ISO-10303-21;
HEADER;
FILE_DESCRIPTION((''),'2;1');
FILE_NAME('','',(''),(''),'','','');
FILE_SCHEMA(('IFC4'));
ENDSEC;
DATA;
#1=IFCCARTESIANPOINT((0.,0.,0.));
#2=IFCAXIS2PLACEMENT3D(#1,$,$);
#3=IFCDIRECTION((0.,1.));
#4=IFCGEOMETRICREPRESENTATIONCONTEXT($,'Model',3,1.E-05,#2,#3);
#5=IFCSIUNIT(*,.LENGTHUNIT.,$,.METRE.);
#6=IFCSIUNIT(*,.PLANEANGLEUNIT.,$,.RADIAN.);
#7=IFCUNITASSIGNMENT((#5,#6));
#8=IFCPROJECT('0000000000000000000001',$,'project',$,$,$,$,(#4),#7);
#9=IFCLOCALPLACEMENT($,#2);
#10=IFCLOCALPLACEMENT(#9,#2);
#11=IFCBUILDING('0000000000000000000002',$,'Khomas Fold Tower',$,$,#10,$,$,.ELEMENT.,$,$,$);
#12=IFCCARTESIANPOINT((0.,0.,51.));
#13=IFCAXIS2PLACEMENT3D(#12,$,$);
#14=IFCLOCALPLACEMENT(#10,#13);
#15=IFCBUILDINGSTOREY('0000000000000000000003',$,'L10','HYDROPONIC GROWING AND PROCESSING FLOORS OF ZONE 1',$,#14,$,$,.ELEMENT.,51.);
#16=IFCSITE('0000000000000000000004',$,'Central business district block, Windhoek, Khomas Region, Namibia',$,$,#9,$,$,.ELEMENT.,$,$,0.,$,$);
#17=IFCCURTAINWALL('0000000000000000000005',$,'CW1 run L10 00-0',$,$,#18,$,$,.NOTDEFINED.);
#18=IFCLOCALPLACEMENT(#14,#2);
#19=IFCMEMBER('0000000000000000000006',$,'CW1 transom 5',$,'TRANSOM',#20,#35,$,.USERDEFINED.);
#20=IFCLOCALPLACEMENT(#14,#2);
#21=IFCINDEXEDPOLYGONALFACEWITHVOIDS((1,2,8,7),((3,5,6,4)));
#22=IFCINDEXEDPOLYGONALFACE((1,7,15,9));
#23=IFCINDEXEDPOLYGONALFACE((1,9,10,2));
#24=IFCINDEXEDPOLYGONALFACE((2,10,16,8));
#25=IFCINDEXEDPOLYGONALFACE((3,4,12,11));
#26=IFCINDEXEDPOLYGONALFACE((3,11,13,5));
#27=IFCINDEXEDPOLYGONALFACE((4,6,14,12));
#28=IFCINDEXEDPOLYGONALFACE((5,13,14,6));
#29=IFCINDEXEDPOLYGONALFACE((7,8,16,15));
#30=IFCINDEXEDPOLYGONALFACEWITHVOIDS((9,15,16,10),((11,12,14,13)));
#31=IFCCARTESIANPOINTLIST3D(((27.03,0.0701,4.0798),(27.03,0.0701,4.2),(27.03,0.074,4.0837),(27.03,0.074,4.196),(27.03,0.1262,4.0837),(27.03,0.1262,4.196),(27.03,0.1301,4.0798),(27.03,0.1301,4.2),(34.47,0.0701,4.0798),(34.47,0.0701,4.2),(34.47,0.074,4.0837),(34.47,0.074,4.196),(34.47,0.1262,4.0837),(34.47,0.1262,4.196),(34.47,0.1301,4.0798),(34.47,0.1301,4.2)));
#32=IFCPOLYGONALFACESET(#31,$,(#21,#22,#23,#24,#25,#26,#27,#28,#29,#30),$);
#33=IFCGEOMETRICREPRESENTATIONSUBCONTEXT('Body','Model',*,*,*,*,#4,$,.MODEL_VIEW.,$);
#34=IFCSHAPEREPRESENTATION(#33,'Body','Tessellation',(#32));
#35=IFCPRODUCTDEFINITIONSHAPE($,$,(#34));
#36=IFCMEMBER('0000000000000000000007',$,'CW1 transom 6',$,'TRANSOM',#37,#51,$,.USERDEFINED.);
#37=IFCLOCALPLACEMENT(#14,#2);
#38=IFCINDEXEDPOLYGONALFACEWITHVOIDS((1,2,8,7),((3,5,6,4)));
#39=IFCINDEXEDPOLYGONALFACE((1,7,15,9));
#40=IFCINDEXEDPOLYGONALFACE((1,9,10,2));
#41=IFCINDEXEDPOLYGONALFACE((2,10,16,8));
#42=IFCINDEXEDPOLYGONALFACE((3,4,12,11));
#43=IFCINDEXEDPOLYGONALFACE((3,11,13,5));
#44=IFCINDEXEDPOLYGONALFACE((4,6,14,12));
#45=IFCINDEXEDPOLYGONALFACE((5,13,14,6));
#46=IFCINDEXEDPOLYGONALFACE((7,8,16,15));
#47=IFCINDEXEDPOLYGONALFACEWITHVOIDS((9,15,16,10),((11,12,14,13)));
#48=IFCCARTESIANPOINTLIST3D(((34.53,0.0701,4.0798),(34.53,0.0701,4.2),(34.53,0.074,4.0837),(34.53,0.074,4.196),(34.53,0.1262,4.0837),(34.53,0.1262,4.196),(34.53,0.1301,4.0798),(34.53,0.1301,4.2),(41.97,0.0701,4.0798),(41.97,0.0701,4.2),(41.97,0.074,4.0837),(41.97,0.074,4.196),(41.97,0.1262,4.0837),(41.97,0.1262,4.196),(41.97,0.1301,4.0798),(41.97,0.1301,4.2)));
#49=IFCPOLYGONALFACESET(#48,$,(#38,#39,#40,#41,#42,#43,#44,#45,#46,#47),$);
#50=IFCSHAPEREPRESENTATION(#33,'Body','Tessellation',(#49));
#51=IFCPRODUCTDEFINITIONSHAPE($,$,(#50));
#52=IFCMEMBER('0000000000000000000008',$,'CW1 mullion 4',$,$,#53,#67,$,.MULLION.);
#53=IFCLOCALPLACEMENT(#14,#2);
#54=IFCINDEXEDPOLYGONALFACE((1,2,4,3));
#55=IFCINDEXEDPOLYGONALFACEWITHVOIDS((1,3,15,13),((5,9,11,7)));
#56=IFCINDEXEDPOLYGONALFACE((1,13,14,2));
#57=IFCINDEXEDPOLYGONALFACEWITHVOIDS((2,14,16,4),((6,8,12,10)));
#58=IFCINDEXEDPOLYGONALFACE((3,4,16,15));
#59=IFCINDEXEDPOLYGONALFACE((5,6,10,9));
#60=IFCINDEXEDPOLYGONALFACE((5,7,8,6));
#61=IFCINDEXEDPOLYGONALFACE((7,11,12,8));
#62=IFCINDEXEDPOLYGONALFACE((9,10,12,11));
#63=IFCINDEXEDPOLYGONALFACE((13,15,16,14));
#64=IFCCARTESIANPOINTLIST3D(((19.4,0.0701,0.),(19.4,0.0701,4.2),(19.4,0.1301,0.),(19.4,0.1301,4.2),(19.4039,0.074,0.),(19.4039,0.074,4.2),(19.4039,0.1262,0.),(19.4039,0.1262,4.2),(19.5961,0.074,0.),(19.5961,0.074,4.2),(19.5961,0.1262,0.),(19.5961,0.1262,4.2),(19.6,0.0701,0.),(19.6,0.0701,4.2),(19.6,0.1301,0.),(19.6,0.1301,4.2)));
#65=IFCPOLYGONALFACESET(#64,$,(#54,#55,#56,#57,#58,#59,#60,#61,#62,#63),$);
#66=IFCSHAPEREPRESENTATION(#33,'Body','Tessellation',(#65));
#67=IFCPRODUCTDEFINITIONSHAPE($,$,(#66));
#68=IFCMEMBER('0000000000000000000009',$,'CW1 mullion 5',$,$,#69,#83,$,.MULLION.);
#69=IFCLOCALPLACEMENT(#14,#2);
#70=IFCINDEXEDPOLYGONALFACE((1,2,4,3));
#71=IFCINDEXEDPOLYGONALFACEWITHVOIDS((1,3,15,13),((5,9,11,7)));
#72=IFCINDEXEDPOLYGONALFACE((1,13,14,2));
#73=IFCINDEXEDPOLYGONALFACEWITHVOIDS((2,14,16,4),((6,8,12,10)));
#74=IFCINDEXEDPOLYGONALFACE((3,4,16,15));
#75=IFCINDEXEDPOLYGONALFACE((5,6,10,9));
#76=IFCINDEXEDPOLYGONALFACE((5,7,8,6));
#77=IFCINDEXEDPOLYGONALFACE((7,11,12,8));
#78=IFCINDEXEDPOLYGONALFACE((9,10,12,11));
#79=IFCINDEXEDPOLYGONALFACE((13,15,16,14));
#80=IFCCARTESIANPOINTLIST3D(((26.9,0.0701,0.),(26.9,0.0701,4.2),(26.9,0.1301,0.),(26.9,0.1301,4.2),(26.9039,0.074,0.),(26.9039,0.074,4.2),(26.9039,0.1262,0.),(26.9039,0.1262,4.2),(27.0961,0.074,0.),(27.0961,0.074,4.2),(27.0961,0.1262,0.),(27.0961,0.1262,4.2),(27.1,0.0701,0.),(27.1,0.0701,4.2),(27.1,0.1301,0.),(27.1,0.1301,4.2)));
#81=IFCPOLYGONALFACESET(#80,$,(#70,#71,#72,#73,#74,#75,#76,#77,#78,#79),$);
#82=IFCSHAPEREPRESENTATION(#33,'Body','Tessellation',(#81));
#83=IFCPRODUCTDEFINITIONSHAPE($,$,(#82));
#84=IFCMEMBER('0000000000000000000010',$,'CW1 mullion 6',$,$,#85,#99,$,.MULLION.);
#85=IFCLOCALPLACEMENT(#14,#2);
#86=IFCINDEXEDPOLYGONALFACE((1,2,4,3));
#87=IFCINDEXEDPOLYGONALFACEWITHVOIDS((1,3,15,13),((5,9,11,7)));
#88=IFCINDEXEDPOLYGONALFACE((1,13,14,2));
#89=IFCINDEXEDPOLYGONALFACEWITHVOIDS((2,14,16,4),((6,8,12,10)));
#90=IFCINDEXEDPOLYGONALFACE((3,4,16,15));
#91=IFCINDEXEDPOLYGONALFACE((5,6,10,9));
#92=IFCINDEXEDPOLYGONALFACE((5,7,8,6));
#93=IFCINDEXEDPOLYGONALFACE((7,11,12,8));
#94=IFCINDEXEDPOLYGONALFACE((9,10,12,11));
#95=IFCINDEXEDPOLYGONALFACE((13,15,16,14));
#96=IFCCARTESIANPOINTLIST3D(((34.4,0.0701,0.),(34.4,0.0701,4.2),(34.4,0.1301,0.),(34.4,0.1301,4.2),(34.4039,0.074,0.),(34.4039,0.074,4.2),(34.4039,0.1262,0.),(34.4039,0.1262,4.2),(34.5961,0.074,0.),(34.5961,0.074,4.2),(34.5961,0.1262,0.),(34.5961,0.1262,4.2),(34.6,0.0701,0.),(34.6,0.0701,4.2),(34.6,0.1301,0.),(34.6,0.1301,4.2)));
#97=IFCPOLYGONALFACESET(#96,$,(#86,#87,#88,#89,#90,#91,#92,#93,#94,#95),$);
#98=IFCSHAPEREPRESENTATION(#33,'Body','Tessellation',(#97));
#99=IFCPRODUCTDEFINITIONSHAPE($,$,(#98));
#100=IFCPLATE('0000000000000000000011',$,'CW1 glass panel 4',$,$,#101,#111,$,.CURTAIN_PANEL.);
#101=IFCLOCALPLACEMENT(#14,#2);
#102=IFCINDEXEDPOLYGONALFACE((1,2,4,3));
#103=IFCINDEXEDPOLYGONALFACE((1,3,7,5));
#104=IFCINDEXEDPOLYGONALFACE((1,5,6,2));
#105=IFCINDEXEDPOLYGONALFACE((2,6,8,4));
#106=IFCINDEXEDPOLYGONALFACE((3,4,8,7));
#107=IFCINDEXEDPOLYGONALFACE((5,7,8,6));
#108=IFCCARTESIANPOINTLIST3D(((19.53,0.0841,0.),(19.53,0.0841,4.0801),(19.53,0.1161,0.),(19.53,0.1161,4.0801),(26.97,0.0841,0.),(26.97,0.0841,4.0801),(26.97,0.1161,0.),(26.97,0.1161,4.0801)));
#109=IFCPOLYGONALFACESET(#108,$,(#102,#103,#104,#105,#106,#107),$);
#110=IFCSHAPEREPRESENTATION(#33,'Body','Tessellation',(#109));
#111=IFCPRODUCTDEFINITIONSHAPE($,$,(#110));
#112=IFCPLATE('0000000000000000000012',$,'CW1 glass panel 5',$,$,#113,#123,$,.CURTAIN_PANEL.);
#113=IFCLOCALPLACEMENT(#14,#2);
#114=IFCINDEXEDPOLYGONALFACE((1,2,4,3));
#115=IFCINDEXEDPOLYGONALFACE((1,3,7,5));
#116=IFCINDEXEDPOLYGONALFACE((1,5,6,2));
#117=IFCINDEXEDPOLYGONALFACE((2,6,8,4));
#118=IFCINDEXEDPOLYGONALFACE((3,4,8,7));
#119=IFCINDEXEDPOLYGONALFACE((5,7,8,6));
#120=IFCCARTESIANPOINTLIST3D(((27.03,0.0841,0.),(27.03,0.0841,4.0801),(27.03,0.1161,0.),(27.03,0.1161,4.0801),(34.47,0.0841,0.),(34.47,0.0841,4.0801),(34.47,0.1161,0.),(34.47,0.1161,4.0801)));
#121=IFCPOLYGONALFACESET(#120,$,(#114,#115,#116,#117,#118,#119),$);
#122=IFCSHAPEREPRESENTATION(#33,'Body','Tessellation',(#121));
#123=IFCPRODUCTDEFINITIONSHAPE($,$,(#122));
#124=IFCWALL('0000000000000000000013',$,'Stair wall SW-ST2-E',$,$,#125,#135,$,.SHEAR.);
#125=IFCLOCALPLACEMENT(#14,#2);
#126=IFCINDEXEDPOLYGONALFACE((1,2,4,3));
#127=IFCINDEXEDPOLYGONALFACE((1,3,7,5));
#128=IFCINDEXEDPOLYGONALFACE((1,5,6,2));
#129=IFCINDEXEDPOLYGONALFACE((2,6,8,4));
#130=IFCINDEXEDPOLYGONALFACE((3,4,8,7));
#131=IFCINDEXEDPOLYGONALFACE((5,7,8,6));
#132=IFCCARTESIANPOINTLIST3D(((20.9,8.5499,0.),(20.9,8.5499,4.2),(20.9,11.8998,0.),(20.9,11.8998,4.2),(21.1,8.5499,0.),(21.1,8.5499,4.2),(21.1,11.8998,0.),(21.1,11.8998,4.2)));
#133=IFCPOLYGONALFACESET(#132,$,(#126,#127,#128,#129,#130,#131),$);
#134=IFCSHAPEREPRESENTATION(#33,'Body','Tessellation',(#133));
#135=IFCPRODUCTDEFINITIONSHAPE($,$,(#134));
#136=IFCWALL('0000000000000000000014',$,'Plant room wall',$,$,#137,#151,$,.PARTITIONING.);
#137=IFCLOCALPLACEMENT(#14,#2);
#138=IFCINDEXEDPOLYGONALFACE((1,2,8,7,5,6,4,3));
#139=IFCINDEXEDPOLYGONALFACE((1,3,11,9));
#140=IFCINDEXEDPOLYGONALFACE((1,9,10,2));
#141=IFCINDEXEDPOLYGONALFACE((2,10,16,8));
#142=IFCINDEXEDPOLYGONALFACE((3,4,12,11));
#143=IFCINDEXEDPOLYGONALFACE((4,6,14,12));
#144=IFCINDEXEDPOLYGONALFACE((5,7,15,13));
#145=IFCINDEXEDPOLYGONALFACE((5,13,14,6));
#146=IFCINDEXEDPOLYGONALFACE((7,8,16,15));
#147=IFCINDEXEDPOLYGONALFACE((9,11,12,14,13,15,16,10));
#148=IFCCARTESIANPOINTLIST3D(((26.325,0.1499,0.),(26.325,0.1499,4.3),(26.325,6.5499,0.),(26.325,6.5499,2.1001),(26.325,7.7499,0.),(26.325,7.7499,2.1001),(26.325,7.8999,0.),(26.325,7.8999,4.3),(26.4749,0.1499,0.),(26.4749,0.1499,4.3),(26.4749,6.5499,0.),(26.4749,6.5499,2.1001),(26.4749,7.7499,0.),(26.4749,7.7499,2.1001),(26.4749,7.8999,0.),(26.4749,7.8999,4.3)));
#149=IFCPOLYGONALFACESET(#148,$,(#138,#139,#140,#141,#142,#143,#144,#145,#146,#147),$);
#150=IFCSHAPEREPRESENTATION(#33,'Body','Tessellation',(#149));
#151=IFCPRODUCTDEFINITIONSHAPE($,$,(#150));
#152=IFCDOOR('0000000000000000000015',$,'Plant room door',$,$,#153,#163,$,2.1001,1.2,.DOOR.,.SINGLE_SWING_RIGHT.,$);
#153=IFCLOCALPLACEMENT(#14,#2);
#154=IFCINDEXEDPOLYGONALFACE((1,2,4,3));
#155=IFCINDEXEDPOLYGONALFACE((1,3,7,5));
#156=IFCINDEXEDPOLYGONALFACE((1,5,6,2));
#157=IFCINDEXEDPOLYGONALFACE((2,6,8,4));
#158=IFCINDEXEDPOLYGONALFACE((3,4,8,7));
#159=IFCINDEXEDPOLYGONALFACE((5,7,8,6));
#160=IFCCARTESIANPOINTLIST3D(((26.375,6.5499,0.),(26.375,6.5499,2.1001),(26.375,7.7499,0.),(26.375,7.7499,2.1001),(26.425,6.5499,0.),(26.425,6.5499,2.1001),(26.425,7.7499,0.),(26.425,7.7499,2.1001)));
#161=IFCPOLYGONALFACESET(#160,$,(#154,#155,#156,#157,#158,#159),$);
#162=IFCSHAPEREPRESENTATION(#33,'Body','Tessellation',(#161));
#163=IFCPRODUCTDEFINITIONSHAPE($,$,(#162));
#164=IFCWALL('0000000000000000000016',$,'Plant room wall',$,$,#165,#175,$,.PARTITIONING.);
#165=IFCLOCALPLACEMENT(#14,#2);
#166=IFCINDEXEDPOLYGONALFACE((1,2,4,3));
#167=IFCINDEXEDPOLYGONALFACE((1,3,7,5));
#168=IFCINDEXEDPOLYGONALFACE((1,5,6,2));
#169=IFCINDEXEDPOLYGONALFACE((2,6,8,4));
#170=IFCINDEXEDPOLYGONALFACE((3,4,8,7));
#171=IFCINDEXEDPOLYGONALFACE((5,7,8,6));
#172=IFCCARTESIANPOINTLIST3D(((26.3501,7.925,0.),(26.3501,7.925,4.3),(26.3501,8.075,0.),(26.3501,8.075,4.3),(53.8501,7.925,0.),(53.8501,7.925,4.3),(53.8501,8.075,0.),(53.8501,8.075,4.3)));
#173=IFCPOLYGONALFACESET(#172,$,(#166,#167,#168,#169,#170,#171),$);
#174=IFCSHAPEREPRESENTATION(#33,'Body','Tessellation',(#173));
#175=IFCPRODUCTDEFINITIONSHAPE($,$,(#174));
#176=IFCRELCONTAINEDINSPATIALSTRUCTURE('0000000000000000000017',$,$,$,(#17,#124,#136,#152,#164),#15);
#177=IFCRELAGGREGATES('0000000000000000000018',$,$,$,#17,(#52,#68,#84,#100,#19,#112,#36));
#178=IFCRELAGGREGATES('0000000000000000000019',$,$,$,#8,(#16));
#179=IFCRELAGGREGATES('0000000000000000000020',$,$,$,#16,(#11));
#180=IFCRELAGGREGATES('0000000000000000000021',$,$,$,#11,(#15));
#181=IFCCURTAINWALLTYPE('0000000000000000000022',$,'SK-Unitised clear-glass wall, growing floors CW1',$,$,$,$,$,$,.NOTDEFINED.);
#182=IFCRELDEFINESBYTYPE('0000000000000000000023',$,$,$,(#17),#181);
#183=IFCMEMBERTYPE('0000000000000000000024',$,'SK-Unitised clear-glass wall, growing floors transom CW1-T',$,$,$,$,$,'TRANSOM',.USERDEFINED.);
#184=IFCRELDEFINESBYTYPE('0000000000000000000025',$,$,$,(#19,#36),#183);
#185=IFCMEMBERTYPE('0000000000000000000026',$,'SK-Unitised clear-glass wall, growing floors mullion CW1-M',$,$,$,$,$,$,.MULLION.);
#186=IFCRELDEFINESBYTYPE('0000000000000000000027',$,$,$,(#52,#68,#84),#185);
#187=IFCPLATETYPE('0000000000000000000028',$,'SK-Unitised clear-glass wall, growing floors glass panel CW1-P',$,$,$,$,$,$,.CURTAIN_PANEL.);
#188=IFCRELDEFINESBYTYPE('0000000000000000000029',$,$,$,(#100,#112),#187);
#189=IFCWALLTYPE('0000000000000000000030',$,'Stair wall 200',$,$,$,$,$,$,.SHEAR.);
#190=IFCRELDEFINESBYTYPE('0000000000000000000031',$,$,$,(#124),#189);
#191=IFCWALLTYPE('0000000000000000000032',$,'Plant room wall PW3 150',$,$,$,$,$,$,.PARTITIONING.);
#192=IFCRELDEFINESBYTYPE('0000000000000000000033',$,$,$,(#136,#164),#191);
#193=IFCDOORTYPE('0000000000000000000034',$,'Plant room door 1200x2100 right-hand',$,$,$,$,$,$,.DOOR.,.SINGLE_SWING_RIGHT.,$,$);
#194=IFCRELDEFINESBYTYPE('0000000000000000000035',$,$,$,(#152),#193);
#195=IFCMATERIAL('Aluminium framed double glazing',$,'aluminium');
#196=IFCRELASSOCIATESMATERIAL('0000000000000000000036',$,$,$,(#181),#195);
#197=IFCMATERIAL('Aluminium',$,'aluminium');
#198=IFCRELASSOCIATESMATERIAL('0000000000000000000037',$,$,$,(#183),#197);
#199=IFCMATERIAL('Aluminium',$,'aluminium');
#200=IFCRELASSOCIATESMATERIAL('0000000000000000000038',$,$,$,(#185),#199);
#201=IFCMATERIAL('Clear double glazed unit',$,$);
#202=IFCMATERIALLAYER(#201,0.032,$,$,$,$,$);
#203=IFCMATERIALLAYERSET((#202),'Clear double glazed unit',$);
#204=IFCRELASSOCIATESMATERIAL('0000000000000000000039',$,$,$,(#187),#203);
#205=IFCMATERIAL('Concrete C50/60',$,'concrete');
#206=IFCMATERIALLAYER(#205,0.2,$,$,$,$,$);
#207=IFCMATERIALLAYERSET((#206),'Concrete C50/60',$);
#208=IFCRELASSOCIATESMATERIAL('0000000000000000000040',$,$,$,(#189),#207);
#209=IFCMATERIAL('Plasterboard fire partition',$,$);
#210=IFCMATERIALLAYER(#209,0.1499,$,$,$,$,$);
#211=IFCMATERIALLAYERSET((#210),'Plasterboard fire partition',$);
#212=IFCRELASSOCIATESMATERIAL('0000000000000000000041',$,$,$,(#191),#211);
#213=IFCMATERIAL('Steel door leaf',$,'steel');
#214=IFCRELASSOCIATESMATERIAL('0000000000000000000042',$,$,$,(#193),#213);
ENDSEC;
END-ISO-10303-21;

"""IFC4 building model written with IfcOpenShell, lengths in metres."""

from ifc_helpers import new_model, si_unit, direction, frame, frame_2d, origin, origin_2d, place, context, subcontext, project, spatial, rectangle, hollow_rectangle, extrude, source, transform, mapped, material, layer, layer_set, material_profile, profile_set, type_object, element, fill, aggregate, save


model = new_model("IFC4")

# Units and contexts
model_context = context("Model", 3, precision=1e-05, world=origin(), true_north=direction((0.0, 1.0)))
body_context = subcontext(model_context, "Body", "Model", "MODEL_VIEW")
ifc_project = project(units=[si_unit("LENGTHUNIT", "METRE"), si_unit("PLANEANGLEUNIT", "RADIAN")], contexts=[model_context])

# Site, building, storey
site_placement = place(None, origin())
site = spatial("IfcSite", under=ifc_project, at=site_placement, Name="Central business district block, Windhoek, Khomas Region, Namibia", CompositionType="ELEMENT", RefElevation=0.0)
building_placement = place(site_placement, origin())
building = spatial("IfcBuilding", under=site, at=building_placement, Name="Khomas Fold Tower", CompositionType="ELEMENT")
storey_placement = place(building_placement, frame((0.0, 0.0, 51.0)))
storey = spatial("IfcBuildingStorey", under=building, at=storey_placement, Name="L10", Description="HYDROPONIC GROWING AND PROCESSING FLOORS OF ZONE 1", CompositionType="ELEMENT", Elevation=51.0)

# Curtain wall, members, plates
ifc_material_1 = material(Name="Aluminium framed double glazing", Category="aluminium")
curtain_wall_type = type_object("IfcCurtainWallType", Name="SK-Unitised clear-glass wall, growing floors CW1", PredefinedType="NOTDEFINED", material=ifc_material_1)
curtain_wall_placement = place(storey_placement, origin())
curtain_wall = element("IfcCurtainWall", 1, at=curtain_wall_placement, inside=storey, type_object=curtain_wall_type, Name="CW1 run L10 00-0", PredefinedType="NOTDEFINED")
ifc_material_2 = material(Name="Aluminium", Category="aluminium")
ifc_material_profile_1 = material_profile(ifc_material_2, hollow_rectangle(XDim=0.0601, YDim=0.1201, WallThickness=0.0039, at=origin_2d()), Name="SK-Unitised clear-glass wall, growing floors transom CW1-T")
ifc_profile_set_1 = profile_set([ifc_material_profile_1], Name="Aluminium")
member_type_1 = type_object("IfcMemberType", Name="SK-Unitised clear-glass wall, growing floors transom CW1-T", ElementType="TRANSOM", PredefinedType="USERDEFINED", material=ifc_profile_set_1)
shared_shape_1 = source(origin(), body_context, "Body", "SweptSolid", [
    extrude(hollow_rectangle(XDim=0.0601, YDim=0.1201, WallThickness=0.0039, at=origin_2d()), origin(), (0.0, 0.0, 1.0), 7.4399),
])
member_1_placement = place(storey_placement, frame((27.03, 0.1001, 4.1399), z_axis=(1.0, 0.0, 0.0), x_axis=(0.0, 1.0, 0.0)))
member_1 = element("IfcMember", 2, at=member_1_placement, type_object=member_type_1, Name="CW1 transom 5", ObjectType="TRANSOM", PredefinedType="USERDEFINED", context=body_context, shape_type="MappedRepresentation", body=[
    mapped(shared_shape_1, transform((0.0, 0.0, 0.0))),
])
member_2_placement = place(storey_placement, frame((34.53, 0.1001, 4.1399), z_axis=(1.0, 0.0, 0.0), x_axis=(0.0, 1.0, 0.0)))
member_2 = element("IfcMember", 3, at=member_2_placement, type_object=member_type_1, Name="CW1 transom 6", ObjectType="TRANSOM", PredefinedType="USERDEFINED", context=body_context, shape_type="MappedRepresentation", body=[
    mapped(shared_shape_1, transform((0.0, 0.0, 0.0))),
])
ifc_material_3 = material(Name="Aluminium", Category="aluminium")
ifc_material_profile_2 = material_profile(ifc_material_3, hollow_rectangle(XDim=0.0601, YDim=0.2, WallThickness=0.0039, at=origin_2d()), Name="SK-Unitised clear-glass wall, growing floors mullion CW1-M")
ifc_profile_set_2 = profile_set([ifc_material_profile_2], Name="Aluminium")
member_type_2 = type_object("IfcMemberType", Name="SK-Unitised clear-glass wall, growing floors mullion CW1-M", PredefinedType="MULLION", material=ifc_profile_set_2)
shared_shape_2 = source(origin(), body_context, "Body", "SweptSolid", [
    extrude(hollow_rectangle(XDim=0.0601, YDim=0.2, WallThickness=0.0039, at=origin_2d()), origin(), (0.0, 0.0, 1.0), 4.2),
])
member_3_placement = place(storey_placement, frame((19.5, 0.1001, 0.0), z_axis=(0.0, 0.0, 1.0), x_axis=(0.0, 1.0, 0.0)))
member_3 = element("IfcMember", 4, at=member_3_placement, type_object=member_type_2, Name="CW1 mullion 4", PredefinedType="MULLION", context=body_context, shape_type="MappedRepresentation", body=[
    mapped(shared_shape_2, transform((0.0, 0.0, 0.0))),
])
member_4_placement = place(storey_placement, frame((27.0, 0.1001, 0.0), z_axis=(0.0, 0.0, 1.0), x_axis=(0.0, 1.0, 0.0)))
member_4 = element("IfcMember", 5, at=member_4_placement, type_object=member_type_2, Name="CW1 mullion 5", PredefinedType="MULLION", context=body_context, shape_type="MappedRepresentation", body=[
    mapped(shared_shape_2, transform((0.0, 0.0, 0.0))),
])
member_5_placement = place(storey_placement, frame((34.5, 0.1001, 0.0), z_axis=(0.0, 0.0, 1.0), x_axis=(0.0, 1.0, 0.0)))
member_5 = element("IfcMember", 6, at=member_5_placement, type_object=member_type_2, Name="CW1 mullion 6", PredefinedType="MULLION", context=body_context, shape_type="MappedRepresentation", body=[
    mapped(shared_shape_2, transform((0.0, 0.0, 0.0))),
])
ifc_material_4 = material(Name="Clear double glazed unit")
ifc_layer_1 = layer(ifc_material_4, 0.032)
ifc_layer_set_1 = layer_set([ifc_layer_1], Name="Clear double glazed unit")
plate_type = type_object("IfcPlateType", Name="SK-Unitised clear-glass wall, growing floors glass panel CW1-P", PredefinedType="CURTAIN_PANEL", material=ifc_layer_set_1)
shared_shape_3 = source(origin(), body_context, "Body", "SweptSolid", [
    extrude(rectangle(XDim=7.4399, YDim=0.032, at=origin_2d()), origin(), (0.0, 0.0, 1.0), 4.0801),
])
plate_1_placement = place(storey_placement, frame((23.25, 0.1001, 0.0), z_axis=(0.0, 0.0, 1.0), x_axis=(1.0, 0.0, 0.0)))
plate_1 = element("IfcPlate", 7, at=plate_1_placement, type_object=plate_type, Name="CW1 glass panel 4", PredefinedType="CURTAIN_PANEL", context=body_context, shape_type="MappedRepresentation", body=[
    mapped(shared_shape_3, transform((0.0, 0.0, 0.0))),
])
plate_2_placement = place(storey_placement, frame((30.75, 0.1001, 0.0), z_axis=(0.0, 0.0, 1.0), x_axis=(1.0, 0.0, 0.0)))
plate_2 = element("IfcPlate", 8, at=plate_2_placement, type_object=plate_type, Name="CW1 glass panel 5", PredefinedType="CURTAIN_PANEL", context=body_context, shape_type="MappedRepresentation", body=[
    mapped(shared_shape_3, transform((0.0, 0.0, 0.0))),
])
aggregate(curtain_wall, [member_3, member_4, member_5, plate_1, member_1, plate_2, member_2])

# Wall
ifc_material_5 = material(Name="Concrete C50/60", Category="concrete")
ifc_layer_2 = layer(ifc_material_5, 0.2)
ifc_layer_set_2 = layer_set([ifc_layer_2], Name="Concrete C50/60")
wall_type_1 = type_object("IfcWallType", Name="Stair wall 200", PredefinedType="SHEAR", material=ifc_layer_set_2)
shared_shape_4 = source(origin(), body_context, "Body", "SweptSolid", [
    extrude(rectangle(XDim=3.3499, YDim=0.2, at=frame_2d((1.6748, 0.0))), origin(), (0.0, 0.0, 1.0), 4.2),
])
wall_1_placement = place(storey_placement, frame((21.0, 8.55, 0.0), z_axis=(0.0, 0.0, 1.0), x_axis=(0.0, 1.0, 0.0)))
element("IfcWall", 9, at=wall_1_placement, inside=storey, type_object=wall_type_1, Name="Stair wall SW-ST2-E", PredefinedType="SHEAR", context=body_context, shape_type="MappedRepresentation", body=[
    mapped(shared_shape_4, transform((0.0, 0.0, 0.0))),
])

# Wall, opening, door
ifc_material_6 = material(Name="Plasterboard fire partition")
ifc_layer_3 = layer(ifc_material_6, 0.1499)
ifc_layer_set_3 = layer_set([ifc_layer_3], Name="Plasterboard fire partition")
wall_type_2 = type_object("IfcWallType", Name="Plant room wall PW3 150", PredefinedType="PARTITIONING", material=ifc_layer_set_3)
shared_shape_5 = source(origin(), body_context, "Body", "SweptSolid", [
    extrude(rectangle(XDim=7.75, YDim=0.1499, at=frame_2d((3.875, 0.0))), origin(), (0.0, 0.0, 1.0), 4.3),
])
wall_2_placement = place(storey_placement, frame((26.3999, 0.1499, 0.0), z_axis=(0.0, 0.0, 1.0), x_axis=(0.0, 1.0, 0.0)))
wall_2 = element("IfcWall", 10, at=wall_2_placement, inside=storey, type_object=wall_type_2, Name="Plant room wall", PredefinedType="PARTITIONING", context=body_context, shape_type="MappedRepresentation", body=[
    mapped(shared_shape_5, transform((0.0, 0.0, 0.0))),
])
shared_shape_6 = source(origin(), body_context, "Body", "SweptSolid", [
    extrude(rectangle(XDim=1.2, YDim=2.1001, at=frame_2d((0.6001, 1.05))), frame((0.0, 0.085, 0.0), z_axis=(0.0, -1.0, 0.0), x_axis=(1.0, 0.0, 0.0)), (0.0, 0.0, 1.0), 0.1699),
])
opening_1_placement = place(wall_2_placement, frame((6.3999, 0.0, 0.0)))
opening_1 = element("IfcOpeningElement", 11, at=opening_1_placement, cuts=wall_2, PredefinedType="OPENING", context=body_context, shape_type="MappedRepresentation", body=[
    mapped(shared_shape_6, transform((0.0, 0.0, 0.0))),
])
ifc_material_7 = material(Name="Steel door leaf", Category="steel")
door_type_1 = type_object("IfcDoorType", Name="Plant room door 1200x2100 right-hand", OperationType="SINGLE_SWING_RIGHT", PredefinedType="DOOR", material=ifc_material_7)
shared_shape_7 = source(origin(), body_context, "Body", "SweptSolid", [
    extrude(rectangle(XDim=1.2, YDim=2.1001, at=frame_2d((0.6001, 1.05))), frame((0.0, 0.0249, 0.0), z_axis=(0.0, -1.0, 0.0), x_axis=(1.0, 0.0, 0.0)), (0.0, 0.0, 1.0), 0.05),
])
door_1_placement = place(opening_1_placement, origin())
door_1 = element("IfcDoor", 12, at=door_1_placement, inside=storey, type_object=door_type_1, Name="Plant room door", OperationType="SINGLE_SWING_RIGHT", OverallHeight=2.1001, OverallWidth=1.2, PredefinedType="DOOR", context=body_context, shape_type="MappedRepresentation", body=[
    mapped(shared_shape_7, transform((0.0, 0.0, 0.0))),
])
fill(opening_1, door_1)

# Wall
shared_shape_8 = source(origin(), body_context, "Body", "SweptSolid", [
    extrude(rectangle(XDim=27.5, YDim=0.1499, at=frame_2d((13.75, 0.0))), origin(), (0.0, 0.0, 1.0), 4.3),
])
wall_3_placement = place(storey_placement, frame((26.3501, 8.0, 0.0), z_axis=(0.0, 0.0, 1.0), x_axis=(1.0, 0.0, 0.0)))
element("IfcWall", 13, at=wall_3_placement, inside=storey, type_object=wall_type_2, Name="Plant room wall", PredefinedType="PARTITIONING", context=body_context, shape_type="MappedRepresentation", body=[
    mapped(shared_shape_8, transform((0.0, 0.0, 0.0))),
])

save(model, "model.ifc")
